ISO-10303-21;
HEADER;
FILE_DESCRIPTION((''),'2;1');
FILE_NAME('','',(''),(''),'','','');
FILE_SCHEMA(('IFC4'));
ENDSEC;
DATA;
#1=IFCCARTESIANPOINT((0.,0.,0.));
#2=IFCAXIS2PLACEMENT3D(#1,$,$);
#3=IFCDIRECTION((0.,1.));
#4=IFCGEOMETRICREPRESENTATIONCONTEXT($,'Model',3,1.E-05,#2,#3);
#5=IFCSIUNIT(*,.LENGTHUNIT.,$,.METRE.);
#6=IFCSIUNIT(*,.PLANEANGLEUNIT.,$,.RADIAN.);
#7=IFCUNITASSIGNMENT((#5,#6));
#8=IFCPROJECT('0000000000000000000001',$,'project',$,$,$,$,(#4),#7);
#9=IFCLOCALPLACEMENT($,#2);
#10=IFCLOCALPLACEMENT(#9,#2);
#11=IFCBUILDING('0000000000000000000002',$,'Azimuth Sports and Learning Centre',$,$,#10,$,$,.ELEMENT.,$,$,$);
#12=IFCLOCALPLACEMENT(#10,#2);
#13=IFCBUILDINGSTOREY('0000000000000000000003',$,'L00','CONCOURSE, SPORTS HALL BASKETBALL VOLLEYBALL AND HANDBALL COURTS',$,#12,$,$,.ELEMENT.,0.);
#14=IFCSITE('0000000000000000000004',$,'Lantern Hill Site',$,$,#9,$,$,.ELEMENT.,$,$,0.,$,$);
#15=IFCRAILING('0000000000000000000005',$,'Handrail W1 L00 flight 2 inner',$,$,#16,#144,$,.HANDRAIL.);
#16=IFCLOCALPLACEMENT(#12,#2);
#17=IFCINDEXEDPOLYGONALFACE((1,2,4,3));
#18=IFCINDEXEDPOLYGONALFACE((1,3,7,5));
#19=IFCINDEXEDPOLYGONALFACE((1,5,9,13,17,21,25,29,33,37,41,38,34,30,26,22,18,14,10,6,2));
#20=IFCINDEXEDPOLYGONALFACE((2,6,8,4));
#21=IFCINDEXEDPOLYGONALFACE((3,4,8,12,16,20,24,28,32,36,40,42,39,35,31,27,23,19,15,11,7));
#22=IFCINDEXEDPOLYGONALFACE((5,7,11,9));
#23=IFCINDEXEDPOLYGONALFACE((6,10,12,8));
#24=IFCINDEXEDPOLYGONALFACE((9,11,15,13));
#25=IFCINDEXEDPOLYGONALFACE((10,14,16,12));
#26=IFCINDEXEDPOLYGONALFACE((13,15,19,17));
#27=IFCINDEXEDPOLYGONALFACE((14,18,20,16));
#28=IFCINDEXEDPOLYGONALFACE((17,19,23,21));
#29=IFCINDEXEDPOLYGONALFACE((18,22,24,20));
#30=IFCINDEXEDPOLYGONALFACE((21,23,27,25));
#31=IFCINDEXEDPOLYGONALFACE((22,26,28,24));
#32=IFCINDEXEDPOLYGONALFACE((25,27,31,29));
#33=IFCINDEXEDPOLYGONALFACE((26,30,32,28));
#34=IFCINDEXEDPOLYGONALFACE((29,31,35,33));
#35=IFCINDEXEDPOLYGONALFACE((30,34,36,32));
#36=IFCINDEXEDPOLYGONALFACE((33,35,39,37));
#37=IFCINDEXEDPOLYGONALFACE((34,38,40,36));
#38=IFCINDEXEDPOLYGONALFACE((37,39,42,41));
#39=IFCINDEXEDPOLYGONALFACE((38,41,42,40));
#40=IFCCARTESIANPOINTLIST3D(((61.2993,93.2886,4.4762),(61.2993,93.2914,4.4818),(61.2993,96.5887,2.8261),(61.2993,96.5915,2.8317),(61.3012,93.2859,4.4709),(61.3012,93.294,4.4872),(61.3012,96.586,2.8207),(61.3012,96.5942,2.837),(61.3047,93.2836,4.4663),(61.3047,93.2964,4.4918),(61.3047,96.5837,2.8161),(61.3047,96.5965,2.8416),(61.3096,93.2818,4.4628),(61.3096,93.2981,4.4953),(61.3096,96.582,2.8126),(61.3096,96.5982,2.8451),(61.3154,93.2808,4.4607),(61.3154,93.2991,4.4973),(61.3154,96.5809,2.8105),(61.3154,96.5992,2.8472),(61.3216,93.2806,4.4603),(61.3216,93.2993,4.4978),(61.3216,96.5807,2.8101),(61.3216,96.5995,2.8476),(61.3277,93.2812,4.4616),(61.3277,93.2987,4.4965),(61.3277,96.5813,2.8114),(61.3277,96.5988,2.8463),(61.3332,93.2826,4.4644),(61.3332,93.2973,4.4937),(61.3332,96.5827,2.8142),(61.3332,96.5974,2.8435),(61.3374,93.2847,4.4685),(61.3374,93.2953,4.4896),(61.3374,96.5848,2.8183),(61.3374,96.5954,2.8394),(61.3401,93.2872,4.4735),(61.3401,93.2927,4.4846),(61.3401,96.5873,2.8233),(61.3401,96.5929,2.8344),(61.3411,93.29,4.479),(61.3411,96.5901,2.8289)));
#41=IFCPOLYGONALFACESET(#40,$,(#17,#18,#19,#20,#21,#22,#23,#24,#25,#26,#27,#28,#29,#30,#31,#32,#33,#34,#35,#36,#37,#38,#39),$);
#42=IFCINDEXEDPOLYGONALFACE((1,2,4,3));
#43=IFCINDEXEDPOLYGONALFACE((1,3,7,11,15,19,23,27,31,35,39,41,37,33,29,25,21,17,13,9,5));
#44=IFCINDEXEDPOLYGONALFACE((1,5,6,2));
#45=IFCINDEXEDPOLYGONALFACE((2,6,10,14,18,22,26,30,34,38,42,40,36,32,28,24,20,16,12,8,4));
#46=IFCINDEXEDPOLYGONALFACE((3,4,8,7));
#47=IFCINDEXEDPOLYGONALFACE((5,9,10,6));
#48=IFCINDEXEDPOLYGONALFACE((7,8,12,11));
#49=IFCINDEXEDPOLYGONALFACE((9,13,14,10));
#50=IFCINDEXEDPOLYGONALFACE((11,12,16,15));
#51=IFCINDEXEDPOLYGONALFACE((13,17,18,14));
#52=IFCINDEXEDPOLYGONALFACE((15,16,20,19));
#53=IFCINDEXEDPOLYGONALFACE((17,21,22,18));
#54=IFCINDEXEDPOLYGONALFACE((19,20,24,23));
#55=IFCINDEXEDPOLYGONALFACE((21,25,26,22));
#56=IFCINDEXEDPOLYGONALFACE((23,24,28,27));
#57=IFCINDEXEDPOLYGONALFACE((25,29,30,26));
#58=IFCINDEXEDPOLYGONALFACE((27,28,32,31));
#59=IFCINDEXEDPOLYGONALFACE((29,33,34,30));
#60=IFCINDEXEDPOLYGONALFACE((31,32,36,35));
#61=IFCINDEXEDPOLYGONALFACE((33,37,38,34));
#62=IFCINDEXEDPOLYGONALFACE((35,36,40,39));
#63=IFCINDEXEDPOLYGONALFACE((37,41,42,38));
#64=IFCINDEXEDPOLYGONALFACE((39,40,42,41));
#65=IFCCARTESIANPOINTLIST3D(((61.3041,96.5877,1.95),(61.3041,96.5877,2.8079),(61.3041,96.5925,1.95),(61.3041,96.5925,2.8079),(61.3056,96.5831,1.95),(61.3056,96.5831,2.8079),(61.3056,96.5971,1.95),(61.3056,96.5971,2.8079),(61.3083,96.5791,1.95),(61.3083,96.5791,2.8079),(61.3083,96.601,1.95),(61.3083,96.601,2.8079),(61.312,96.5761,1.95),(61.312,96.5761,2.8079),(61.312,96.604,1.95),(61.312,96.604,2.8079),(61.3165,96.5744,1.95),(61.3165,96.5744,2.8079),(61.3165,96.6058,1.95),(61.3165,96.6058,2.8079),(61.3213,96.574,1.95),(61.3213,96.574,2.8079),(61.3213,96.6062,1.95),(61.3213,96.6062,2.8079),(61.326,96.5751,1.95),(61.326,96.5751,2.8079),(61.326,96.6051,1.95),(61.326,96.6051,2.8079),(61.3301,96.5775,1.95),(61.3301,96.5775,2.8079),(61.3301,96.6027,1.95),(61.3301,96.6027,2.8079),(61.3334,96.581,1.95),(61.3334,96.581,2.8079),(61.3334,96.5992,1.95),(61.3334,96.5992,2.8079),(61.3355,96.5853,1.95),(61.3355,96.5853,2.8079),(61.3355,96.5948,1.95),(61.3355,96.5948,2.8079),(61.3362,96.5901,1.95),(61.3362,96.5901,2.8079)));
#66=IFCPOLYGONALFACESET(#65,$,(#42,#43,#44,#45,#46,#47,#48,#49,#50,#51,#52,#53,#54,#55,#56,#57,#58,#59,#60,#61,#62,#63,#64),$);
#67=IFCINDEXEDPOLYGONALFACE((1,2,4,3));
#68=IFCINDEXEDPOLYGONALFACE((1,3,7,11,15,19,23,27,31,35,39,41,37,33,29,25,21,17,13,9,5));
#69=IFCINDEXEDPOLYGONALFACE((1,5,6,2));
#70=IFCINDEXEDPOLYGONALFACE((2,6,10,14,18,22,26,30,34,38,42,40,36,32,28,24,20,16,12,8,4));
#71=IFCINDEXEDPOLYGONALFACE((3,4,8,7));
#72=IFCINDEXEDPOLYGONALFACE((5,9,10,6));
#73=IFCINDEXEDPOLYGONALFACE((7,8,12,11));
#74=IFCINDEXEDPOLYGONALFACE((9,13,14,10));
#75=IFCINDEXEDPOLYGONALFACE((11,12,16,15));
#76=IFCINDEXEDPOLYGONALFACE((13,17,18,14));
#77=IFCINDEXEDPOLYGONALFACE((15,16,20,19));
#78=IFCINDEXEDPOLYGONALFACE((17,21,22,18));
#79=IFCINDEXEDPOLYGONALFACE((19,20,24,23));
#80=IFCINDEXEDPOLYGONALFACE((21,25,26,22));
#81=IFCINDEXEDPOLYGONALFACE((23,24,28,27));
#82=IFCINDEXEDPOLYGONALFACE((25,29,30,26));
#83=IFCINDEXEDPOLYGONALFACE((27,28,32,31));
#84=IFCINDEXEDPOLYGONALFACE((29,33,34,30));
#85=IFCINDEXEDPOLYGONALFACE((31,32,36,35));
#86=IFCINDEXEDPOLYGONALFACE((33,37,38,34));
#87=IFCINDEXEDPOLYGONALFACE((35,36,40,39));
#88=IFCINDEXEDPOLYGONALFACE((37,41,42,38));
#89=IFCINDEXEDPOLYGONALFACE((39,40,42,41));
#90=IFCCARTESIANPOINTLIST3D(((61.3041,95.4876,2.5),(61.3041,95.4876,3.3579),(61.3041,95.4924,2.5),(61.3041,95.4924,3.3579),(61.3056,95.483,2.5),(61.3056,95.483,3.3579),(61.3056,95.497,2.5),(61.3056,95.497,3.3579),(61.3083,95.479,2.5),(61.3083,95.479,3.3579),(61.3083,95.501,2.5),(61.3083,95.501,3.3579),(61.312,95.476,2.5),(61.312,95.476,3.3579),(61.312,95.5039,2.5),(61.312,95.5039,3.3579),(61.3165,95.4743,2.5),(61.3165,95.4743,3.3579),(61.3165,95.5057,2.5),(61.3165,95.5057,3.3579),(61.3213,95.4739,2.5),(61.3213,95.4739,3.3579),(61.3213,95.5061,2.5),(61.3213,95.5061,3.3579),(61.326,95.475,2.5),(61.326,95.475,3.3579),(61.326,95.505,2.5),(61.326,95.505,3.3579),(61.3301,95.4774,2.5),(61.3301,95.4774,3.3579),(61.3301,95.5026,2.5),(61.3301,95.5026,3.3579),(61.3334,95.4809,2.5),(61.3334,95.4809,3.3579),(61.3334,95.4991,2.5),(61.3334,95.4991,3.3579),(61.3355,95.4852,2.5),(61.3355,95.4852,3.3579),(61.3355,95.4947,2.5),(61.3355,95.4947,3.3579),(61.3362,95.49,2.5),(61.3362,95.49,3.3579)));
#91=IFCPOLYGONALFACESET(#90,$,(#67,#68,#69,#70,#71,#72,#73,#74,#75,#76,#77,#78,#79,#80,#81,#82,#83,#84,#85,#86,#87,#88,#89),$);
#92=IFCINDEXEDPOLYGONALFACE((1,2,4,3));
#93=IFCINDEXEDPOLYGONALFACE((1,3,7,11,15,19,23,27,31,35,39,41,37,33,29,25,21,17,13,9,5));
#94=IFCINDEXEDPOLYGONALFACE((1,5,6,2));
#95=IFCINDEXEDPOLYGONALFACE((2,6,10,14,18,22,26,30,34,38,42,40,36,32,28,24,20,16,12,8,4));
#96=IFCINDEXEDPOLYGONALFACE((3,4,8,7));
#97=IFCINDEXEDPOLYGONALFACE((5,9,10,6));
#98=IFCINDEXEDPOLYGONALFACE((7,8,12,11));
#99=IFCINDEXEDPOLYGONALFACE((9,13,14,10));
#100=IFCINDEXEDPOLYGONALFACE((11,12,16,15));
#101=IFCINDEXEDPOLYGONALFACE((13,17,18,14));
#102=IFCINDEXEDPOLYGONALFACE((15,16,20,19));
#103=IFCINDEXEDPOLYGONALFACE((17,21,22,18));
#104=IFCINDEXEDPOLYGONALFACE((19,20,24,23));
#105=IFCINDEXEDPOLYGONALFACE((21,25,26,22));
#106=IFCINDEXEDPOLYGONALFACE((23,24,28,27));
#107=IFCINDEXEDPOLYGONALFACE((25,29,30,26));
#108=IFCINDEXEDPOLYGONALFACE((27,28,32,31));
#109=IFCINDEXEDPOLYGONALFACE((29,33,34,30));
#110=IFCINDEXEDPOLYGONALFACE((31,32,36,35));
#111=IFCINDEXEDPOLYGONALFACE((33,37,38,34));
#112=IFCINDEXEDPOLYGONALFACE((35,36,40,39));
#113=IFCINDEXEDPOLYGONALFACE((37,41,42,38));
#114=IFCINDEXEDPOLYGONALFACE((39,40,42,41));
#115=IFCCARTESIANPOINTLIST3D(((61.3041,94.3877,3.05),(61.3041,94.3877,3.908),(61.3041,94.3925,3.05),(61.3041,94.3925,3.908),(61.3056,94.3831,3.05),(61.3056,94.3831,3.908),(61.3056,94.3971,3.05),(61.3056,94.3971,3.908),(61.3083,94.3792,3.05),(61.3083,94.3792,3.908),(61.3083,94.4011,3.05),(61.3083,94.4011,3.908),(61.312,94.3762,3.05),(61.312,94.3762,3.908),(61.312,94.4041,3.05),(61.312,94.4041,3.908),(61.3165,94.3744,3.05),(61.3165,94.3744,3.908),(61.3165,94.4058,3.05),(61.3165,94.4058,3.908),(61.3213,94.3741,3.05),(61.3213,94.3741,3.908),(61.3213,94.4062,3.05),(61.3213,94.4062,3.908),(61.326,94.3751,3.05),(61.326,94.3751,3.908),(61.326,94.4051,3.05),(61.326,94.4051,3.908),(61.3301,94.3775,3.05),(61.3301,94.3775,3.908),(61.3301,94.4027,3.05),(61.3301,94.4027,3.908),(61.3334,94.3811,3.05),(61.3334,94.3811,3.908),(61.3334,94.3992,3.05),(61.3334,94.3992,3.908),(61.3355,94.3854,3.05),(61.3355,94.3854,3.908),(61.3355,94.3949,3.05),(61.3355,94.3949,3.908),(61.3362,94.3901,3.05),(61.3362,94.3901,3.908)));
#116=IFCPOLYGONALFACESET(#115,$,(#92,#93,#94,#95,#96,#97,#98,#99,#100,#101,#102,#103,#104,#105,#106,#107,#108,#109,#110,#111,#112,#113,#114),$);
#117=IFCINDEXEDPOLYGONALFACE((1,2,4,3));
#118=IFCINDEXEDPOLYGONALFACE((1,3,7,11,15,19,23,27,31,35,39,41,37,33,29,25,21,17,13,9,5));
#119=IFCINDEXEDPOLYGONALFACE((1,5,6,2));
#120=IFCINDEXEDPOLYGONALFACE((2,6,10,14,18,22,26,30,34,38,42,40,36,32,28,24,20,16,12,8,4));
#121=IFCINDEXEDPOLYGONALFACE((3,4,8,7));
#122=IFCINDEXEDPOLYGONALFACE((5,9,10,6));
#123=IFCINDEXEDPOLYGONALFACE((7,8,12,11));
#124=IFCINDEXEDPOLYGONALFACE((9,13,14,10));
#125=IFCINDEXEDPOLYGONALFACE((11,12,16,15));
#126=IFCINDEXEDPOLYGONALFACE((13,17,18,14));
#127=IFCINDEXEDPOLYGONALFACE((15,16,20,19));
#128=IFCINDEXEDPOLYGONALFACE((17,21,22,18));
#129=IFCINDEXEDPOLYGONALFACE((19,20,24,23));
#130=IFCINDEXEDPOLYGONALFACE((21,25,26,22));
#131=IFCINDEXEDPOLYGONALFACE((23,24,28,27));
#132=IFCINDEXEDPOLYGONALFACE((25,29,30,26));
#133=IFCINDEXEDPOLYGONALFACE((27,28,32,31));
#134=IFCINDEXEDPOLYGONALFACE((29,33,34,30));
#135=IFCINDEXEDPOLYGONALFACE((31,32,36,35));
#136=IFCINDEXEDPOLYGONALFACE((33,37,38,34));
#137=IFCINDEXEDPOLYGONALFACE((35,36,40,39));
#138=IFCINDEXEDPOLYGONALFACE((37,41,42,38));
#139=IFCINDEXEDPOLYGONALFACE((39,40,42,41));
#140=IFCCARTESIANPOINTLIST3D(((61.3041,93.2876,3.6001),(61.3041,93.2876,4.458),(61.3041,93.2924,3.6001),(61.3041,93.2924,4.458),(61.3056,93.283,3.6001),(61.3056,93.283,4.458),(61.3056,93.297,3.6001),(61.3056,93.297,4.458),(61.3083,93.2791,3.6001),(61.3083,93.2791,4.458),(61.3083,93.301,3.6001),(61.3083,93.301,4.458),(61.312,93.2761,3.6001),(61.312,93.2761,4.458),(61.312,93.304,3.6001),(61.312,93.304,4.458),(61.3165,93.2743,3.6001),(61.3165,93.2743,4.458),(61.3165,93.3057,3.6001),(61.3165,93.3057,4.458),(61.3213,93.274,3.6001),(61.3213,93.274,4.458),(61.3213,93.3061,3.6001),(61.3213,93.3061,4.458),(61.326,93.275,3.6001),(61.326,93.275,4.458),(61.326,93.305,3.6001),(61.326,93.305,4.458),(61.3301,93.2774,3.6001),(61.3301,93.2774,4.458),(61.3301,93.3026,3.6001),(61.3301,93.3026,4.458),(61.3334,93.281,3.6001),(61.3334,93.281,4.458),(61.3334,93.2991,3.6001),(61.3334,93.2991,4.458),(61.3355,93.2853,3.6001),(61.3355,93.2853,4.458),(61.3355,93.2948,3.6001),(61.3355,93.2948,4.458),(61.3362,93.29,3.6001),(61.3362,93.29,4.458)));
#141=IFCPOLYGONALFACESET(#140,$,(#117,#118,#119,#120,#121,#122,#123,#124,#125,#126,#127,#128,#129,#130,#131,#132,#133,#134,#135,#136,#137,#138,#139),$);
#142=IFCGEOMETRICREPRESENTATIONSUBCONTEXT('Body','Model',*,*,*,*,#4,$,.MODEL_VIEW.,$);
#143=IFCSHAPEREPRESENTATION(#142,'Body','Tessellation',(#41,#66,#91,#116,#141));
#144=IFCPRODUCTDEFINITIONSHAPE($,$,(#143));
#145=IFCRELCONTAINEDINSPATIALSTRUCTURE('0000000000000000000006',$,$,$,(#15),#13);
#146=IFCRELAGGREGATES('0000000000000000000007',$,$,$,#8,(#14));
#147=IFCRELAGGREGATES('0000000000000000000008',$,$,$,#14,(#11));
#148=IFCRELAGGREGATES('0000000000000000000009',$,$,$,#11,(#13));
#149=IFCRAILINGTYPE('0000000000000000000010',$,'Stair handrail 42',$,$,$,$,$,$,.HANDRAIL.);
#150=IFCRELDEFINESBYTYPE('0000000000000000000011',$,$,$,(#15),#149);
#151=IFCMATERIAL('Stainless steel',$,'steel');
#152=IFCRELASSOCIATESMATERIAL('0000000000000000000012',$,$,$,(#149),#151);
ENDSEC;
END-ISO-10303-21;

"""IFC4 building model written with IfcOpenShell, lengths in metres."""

from ifc_helpers import new_model, si_unit, direction, frame, origin, origin_2d, place, context, subcontext, project, spatial, circle, extrude, material, type_object, element, save


model = new_model("IFC4")

# Units and contexts
model_context = context("Model", 3, precision=1e-05, world=origin(), true_north=direction((0.0, 1.0)))
body_context = subcontext(model_context, "Body", "Model", "MODEL_VIEW")
ifc_project = project(units=[si_unit("LENGTHUNIT", "METRE"), si_unit("PLANEANGLEUNIT", "RADIAN")], contexts=[model_context])

# Site, building, storey
site_placement = place(None, origin())
site = spatial("IfcSite", under=ifc_project, at=site_placement, Name="Lantern Hill Site", CompositionType="ELEMENT", RefElevation=0.0)
building_placement = place(site_placement, origin())
building = spatial("IfcBuilding", under=site, at=building_placement, Name="Azimuth Sports and Learning Centre", CompositionType="ELEMENT")
storey_placement = place(building_placement, origin())
storey = spatial("IfcBuildingStorey", under=building, at=storey_placement, Name="L00", Description="CONCOURSE, SPORTS HALL BASKETBALL VOLLEYBALL AND HANDBALL COURTS", CompositionType="ELEMENT", Elevation=0.0)

# Railing
ifc_material_1 = material(Name="Stainless steel", Category="steel")
railing_type_1 = type_object("IfcRailingType", Name="Stair handrail 42", PredefinedType="HANDRAIL", material=ifc_material_1)
for number, where, name in (
    (1, (61.3201, 96.5901, 1.95), "Handrail W1 L00 flight 2 inner"),
):
    element("IfcRailing", number, at=place(storey_placement, frame(where)), inside=storey, type_object=railing_type_1, Name=name, PredefinedType="HANDRAIL", context=body_context, shape_type="SweptSolid", body=[
        extrude(circle(Radius=0.021, at=origin_2d()), frame((0.0, 0.0, 0.8789), z_axis=(0.0, -0.894414, 0.44724), x_axis=(1.0, 0.0, 0.0)), (0.0, 0.0, 1.0), 3.6897),
        extrude(circle(Radius=0.0161, at=origin_2d()), origin(), (0.0, 0.0, 1.0), 0.8579),
        extrude(circle(Radius=0.0161, at=origin_2d()), frame((0.0, -1.1001, 0.55)), (0.0, 0.0, 1.0), 0.8579),
        extrude(circle(Radius=0.0161, at=origin_2d()), frame((0.0, -2.2, 1.1001)), (0.0, 0.0, 1.0), 0.8579),
        extrude(circle(Radius=0.0161, at=origin_2d()), frame((0.0, -3.3, 1.6501)), (0.0, 0.0, 1.0), 0.8579),
    ])

save(model, "model.ifc")
